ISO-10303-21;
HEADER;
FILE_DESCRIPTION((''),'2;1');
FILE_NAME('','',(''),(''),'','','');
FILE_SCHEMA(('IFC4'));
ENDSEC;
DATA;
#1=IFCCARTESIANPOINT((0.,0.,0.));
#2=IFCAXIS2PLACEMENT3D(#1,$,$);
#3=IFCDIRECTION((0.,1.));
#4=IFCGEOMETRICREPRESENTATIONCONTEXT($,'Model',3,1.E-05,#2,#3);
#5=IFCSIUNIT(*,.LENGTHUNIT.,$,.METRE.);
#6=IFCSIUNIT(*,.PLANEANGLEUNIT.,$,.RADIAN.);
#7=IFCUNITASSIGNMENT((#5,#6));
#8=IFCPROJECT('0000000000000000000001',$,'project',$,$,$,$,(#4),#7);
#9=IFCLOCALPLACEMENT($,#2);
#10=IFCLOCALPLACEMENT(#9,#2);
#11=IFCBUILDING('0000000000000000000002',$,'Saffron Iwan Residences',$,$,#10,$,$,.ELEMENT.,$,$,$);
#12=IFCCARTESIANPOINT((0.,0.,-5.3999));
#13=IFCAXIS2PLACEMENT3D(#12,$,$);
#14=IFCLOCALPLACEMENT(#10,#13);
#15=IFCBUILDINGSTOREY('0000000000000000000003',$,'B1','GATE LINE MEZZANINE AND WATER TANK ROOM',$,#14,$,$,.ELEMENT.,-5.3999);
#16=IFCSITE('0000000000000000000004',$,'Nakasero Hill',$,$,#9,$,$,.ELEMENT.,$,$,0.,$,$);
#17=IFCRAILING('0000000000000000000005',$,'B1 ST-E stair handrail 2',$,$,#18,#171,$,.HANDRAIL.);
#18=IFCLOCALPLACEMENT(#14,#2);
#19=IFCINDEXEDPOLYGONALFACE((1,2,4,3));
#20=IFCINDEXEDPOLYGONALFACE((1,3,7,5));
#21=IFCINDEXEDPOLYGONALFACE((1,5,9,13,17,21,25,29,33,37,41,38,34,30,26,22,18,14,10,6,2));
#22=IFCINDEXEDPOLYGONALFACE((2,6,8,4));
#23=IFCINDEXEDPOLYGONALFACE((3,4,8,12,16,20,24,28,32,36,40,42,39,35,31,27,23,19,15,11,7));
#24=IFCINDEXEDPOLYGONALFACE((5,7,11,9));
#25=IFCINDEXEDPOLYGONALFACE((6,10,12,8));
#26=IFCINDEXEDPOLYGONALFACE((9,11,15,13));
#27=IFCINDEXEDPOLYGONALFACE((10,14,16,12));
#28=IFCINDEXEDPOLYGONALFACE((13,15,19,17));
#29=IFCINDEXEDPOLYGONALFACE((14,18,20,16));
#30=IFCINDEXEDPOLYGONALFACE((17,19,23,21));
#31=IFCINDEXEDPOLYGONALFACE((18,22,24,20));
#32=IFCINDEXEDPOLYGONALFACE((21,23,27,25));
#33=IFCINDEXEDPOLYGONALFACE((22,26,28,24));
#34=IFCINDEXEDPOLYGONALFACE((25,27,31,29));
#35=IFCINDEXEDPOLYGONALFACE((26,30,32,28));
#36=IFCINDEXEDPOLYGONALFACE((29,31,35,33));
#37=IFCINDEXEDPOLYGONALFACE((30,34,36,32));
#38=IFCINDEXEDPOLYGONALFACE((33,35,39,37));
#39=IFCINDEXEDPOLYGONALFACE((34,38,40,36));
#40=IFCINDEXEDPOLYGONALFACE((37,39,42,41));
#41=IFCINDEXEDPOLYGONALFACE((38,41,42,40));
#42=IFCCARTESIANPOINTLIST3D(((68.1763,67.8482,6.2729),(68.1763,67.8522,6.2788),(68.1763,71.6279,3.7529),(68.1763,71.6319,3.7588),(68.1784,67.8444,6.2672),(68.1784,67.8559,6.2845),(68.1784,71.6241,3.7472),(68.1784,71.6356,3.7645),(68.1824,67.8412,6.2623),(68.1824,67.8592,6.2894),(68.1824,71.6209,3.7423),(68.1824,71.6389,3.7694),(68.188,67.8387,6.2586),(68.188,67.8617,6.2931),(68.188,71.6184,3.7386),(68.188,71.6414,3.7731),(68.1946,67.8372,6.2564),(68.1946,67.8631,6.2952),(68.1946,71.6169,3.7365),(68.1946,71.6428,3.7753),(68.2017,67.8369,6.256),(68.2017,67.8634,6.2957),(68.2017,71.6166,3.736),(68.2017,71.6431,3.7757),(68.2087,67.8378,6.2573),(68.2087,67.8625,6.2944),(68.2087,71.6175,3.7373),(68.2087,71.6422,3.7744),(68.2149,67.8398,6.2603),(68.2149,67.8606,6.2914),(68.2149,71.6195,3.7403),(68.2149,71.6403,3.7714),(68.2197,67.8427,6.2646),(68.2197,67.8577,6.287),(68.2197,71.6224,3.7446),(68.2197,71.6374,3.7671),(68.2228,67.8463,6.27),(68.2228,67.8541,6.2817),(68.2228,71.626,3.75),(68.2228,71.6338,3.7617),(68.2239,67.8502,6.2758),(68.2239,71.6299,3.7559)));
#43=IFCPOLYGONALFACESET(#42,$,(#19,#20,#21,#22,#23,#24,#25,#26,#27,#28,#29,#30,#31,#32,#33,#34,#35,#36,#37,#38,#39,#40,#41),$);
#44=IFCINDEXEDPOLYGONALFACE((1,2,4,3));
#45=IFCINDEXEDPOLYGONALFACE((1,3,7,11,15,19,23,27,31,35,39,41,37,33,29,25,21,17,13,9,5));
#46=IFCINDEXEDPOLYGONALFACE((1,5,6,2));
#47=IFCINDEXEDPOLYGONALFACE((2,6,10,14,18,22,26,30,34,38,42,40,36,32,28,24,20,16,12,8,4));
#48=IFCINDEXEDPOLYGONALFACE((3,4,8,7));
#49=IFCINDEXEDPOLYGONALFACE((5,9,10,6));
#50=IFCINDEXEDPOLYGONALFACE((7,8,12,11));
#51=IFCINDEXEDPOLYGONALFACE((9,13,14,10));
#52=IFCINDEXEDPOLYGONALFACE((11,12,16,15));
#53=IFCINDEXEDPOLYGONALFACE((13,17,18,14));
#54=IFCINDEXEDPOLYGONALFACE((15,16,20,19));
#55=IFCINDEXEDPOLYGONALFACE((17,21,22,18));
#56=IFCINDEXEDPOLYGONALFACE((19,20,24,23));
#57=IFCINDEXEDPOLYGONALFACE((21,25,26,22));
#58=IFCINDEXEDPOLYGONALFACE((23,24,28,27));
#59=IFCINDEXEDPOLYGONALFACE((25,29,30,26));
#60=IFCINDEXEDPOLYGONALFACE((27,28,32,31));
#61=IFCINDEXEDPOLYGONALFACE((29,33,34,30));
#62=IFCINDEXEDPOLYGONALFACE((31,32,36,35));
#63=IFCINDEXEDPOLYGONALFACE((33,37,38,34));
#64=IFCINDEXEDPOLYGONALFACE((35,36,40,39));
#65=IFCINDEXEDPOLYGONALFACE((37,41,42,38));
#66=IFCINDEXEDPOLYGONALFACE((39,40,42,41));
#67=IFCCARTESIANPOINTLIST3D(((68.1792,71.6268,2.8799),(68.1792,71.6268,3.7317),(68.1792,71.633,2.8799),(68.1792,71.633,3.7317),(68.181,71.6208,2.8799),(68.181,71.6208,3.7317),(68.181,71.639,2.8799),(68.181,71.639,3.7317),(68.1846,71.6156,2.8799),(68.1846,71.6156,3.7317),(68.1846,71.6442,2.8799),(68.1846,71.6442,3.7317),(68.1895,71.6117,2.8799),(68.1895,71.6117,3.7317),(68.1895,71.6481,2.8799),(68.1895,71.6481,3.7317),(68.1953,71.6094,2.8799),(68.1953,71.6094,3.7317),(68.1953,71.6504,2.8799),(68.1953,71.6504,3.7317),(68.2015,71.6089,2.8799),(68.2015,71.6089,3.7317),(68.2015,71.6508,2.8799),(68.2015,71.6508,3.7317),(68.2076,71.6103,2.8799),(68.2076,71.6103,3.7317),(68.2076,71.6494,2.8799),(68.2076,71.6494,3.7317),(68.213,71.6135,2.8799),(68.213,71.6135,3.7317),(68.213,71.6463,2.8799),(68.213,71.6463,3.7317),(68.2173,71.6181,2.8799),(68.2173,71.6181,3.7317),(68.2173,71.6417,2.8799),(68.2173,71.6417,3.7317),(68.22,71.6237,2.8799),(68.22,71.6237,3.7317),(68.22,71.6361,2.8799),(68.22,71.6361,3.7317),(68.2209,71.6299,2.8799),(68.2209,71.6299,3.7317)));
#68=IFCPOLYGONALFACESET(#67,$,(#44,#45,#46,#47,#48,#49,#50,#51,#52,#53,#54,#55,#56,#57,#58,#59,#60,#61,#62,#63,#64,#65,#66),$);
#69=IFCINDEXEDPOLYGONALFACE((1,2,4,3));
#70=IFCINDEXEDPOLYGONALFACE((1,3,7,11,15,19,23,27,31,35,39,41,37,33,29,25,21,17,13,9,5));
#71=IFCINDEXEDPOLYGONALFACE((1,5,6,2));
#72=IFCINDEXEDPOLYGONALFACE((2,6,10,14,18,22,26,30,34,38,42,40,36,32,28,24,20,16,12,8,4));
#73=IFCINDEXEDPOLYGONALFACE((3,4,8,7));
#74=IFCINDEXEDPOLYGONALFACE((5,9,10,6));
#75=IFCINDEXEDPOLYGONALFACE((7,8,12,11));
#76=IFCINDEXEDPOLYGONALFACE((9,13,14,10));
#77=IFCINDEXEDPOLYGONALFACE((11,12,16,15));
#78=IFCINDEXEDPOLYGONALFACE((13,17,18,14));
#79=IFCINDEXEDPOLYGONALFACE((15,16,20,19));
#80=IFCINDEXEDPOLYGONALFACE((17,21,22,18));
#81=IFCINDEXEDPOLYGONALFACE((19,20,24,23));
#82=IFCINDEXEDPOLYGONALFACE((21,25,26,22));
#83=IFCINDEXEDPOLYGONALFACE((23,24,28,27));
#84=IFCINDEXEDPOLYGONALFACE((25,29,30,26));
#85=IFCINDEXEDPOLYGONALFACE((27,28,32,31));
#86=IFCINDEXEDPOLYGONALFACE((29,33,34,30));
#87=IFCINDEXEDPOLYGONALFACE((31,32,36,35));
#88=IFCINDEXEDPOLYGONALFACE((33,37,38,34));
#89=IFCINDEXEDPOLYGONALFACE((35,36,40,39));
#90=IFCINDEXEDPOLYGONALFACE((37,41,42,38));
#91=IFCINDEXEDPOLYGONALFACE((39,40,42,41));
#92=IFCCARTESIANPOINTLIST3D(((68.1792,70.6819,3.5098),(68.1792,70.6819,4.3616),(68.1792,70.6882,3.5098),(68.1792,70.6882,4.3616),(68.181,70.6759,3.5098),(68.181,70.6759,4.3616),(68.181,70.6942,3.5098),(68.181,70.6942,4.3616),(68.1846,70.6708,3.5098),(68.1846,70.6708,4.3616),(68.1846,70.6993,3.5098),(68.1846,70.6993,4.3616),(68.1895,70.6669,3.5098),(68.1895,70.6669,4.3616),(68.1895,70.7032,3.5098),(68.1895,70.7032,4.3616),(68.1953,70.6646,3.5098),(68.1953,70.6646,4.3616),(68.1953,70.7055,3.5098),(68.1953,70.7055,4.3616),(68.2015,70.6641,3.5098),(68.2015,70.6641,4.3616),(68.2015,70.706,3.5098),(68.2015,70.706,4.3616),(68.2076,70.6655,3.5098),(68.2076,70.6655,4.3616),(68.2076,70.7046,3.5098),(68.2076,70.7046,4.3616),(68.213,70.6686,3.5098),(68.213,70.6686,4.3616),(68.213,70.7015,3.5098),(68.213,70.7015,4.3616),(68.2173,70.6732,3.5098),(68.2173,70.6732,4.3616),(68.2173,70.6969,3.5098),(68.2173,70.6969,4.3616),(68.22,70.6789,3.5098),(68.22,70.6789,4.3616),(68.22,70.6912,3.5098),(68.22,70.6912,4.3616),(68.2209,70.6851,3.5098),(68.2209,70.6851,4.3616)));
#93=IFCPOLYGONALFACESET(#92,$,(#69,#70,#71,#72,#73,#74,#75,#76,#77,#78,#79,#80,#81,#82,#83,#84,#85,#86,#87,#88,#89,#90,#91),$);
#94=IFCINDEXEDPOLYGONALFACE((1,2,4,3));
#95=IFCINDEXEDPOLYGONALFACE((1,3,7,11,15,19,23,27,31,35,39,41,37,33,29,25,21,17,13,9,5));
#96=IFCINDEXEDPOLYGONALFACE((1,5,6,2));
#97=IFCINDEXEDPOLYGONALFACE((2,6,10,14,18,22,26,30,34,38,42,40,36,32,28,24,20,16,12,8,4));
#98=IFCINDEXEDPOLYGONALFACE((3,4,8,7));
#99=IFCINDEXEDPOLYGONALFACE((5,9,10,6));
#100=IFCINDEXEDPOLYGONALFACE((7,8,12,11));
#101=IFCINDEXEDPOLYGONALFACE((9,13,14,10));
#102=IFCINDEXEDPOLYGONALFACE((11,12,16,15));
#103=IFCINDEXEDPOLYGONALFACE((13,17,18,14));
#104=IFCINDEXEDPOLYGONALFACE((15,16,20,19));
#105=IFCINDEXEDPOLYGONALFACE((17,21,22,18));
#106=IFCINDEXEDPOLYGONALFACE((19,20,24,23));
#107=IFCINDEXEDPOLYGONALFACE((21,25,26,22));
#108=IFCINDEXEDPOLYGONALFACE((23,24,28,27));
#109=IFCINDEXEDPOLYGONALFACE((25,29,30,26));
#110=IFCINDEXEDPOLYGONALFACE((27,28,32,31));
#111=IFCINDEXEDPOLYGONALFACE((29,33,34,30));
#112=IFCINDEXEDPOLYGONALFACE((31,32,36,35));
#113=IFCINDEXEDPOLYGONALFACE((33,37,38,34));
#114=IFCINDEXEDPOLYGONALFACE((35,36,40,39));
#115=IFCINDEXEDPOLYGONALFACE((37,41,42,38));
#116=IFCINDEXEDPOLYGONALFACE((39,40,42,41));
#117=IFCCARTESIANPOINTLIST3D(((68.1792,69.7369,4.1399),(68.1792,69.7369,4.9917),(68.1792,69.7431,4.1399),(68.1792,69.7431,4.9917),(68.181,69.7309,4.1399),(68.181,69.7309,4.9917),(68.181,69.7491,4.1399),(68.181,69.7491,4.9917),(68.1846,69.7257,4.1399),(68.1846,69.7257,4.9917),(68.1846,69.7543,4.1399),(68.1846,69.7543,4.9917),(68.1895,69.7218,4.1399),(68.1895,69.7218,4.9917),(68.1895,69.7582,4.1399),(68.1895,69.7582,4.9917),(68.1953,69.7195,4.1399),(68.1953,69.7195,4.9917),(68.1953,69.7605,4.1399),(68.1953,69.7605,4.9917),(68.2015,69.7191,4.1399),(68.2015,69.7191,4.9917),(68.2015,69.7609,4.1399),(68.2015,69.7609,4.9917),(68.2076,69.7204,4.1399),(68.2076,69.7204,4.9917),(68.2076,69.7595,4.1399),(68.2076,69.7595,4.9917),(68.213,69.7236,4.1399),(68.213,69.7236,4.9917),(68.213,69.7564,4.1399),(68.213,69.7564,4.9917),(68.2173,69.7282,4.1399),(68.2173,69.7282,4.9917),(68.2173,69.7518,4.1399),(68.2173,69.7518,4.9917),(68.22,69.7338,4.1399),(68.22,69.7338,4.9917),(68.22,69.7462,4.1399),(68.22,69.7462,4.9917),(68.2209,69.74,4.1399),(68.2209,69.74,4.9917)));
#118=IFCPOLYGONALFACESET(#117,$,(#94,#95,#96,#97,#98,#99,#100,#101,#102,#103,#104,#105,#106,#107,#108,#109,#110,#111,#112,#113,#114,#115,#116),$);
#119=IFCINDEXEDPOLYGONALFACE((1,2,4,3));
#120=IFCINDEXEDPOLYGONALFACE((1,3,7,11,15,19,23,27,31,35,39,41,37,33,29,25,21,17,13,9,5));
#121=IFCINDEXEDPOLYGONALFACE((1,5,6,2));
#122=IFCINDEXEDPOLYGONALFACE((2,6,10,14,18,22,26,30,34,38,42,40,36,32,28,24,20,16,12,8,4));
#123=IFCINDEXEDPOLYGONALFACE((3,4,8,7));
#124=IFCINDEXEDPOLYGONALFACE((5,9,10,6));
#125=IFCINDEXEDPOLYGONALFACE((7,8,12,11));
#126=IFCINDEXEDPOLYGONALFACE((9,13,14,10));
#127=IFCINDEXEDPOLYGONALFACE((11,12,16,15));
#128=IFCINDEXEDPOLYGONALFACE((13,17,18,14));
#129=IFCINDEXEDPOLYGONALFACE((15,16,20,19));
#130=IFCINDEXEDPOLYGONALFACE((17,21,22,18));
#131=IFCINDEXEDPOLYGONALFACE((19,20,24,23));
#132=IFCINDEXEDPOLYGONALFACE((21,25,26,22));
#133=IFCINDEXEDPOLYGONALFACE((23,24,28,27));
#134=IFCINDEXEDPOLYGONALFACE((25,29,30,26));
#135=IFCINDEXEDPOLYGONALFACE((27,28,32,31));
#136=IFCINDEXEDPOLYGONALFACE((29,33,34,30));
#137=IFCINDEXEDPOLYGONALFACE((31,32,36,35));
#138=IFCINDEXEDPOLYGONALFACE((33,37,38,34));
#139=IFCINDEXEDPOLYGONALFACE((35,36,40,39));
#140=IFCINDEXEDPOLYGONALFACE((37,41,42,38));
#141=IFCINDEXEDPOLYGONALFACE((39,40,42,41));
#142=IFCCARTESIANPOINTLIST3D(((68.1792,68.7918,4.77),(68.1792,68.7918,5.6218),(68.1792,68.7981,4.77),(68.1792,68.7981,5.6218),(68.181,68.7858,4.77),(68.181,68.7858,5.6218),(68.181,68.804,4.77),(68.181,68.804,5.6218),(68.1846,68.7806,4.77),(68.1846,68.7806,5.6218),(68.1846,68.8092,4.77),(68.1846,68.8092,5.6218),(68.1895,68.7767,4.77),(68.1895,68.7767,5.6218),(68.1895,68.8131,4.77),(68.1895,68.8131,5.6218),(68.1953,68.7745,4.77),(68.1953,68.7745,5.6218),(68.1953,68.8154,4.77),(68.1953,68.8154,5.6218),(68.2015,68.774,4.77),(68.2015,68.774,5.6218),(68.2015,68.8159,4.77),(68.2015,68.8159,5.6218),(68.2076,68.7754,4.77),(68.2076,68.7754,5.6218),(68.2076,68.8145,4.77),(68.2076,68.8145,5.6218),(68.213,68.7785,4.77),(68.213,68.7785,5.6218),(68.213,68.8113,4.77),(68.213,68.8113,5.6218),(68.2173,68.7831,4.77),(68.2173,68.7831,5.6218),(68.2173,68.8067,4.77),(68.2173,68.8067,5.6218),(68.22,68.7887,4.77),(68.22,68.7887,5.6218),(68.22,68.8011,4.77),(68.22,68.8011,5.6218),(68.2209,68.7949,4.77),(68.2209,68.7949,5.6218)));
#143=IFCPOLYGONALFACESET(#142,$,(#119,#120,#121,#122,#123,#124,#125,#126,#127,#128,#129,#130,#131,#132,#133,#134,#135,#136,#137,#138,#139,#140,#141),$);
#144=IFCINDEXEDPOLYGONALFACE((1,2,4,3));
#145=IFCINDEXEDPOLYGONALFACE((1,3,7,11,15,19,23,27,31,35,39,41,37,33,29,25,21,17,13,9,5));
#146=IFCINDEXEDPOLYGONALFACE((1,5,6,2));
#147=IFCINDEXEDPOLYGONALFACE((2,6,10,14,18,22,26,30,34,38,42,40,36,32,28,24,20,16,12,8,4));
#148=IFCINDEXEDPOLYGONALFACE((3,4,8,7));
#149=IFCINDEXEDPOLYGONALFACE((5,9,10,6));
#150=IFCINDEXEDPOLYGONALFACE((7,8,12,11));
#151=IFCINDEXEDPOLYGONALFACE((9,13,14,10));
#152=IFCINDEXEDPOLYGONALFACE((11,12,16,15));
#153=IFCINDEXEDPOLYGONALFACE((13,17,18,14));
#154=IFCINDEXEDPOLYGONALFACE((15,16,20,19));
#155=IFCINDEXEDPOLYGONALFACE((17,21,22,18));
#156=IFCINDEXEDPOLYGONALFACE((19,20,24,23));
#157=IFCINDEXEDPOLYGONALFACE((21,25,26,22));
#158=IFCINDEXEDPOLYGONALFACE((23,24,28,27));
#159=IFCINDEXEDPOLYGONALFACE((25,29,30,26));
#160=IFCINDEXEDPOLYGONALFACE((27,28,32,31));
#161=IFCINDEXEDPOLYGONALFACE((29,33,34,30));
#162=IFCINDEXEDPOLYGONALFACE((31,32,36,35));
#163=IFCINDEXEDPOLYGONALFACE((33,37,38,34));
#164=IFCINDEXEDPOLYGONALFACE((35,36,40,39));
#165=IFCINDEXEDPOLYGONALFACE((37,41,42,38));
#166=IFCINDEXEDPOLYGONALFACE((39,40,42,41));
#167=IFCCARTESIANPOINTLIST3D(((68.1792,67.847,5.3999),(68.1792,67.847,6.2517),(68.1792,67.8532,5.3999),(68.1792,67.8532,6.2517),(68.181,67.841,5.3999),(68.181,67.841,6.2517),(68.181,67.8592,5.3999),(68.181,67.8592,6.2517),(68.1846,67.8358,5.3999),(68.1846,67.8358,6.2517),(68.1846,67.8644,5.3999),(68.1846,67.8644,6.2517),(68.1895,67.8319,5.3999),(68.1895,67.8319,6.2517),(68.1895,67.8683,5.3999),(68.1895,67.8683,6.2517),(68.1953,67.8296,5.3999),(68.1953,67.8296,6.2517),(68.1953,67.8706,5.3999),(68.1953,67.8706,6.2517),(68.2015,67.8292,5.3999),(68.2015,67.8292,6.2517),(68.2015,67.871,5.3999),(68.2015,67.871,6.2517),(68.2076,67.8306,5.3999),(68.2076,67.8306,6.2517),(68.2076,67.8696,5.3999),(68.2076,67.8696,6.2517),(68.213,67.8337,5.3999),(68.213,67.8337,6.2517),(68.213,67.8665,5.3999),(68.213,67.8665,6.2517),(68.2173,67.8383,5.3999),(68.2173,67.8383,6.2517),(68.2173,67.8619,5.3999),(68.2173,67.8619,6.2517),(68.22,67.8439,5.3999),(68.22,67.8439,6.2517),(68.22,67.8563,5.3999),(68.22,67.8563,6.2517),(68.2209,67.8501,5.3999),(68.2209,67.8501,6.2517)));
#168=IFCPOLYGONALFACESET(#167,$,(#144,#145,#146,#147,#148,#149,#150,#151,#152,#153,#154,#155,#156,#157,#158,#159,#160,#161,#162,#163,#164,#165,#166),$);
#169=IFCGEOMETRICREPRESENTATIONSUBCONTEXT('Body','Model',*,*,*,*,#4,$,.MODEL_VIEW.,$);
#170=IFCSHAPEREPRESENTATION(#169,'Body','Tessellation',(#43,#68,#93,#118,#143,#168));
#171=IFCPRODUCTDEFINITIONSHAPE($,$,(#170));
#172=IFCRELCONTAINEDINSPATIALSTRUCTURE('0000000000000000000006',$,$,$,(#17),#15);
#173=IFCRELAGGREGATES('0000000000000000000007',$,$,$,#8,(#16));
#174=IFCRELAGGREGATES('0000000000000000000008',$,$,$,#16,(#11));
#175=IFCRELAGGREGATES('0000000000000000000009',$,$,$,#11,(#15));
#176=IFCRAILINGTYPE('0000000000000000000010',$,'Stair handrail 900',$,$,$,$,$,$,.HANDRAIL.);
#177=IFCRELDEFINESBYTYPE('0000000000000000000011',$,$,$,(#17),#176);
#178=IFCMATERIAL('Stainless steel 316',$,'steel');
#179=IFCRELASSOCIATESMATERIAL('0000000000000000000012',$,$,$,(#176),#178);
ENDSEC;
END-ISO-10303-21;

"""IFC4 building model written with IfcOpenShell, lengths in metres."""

from ifc_helpers import new_model, si_unit, direction, frame, origin, origin_2d, place, context, subcontext, project, spatial, circle, extrude, material, type_object, element, save


model = new_model("IFC4")

# Units and contexts
model_context = context("Model", 3, precision=1e-05, world=origin(), true_north=direction((0.0, 1.0)))
body_context = subcontext(model_context, "Body", "Model", "MODEL_VIEW")
ifc_project = project(units=[si_unit("LENGTHUNIT", "METRE"), si_unit("PLANEANGLEUNIT", "RADIAN")], contexts=[model_context])

# Site, building, storey
site_placement = place(None, origin())
site = spatial("IfcSite", under=ifc_project, at=site_placement, Name="Nakasero Hill", CompositionType="ELEMENT", RefElevation=0.0)
building_placement = place(site_placement, origin())
building = spatial("IfcBuilding", under=site, at=building_placement, Name="Saffron Iwan Residences", CompositionType="ELEMENT")
storey_placement = place(building_placement, frame((0.0, 0.0, -5.3999)))
storey = spatial("IfcBuildingStorey", under=building, at=storey_placement, Name="B1", Description="GATE LINE MEZZANINE AND WATER TANK ROOM", CompositionType="ELEMENT", Elevation=-5.3999)

# Railing
ifc_material_1 = material(Name="Stainless steel 316", Category="steel")
railing_type_1 = type_object("IfcRailingType", Name="Stair handrail 900", PredefinedType="HANDRAIL", material=ifc_material_1)
railing_1_placement = place(storey_placement, frame((68.2, 71.6299, 2.8799)))
element("IfcRailing", 1, at=railing_1_placement, inside=storey, type_object=railing_type_1, Name="B1 ST-E stair handrail 2", PredefinedType="HANDRAIL", context=body_context, shape_type="SweptSolid", body=[
    extrude(circle(Radius=0.0239, at=origin_2d()), frame((0.0, 0.0, 0.876), z_axis=(0.0, -0.832034, 0.554725), x_axis=(1.0, 0.0, 0.0)), (0.0, 0.0, 1.0), 4.5427),
    extrude(circle(Radius=0.021, at=origin_2d()), origin(), (0.0, 0.0, 1.0), 0.8518),
    extrude(circle(Radius=0.021, at=origin_2d()), frame((0.0, -0.9448, 0.6299)), (0.0, 0.0, 1.0), 0.8518),
    extrude(circle(Radius=0.021, at=origin_2d()), frame((0.0, -1.8899, 1.26)), (0.0, 0.0, 1.0), 0.8518),
    extrude(circle(Radius=0.021, at=origin_2d()), frame((0.0, -2.835, 1.8901)), (0.0, 0.0, 1.0), 0.8518),
    extrude(circle(Radius=0.021, at=origin_2d()), frame((0.0, -3.7798, 2.52)), (0.0, 0.0, 1.0), 0.8518),
])

save(model, "model.ifc")
